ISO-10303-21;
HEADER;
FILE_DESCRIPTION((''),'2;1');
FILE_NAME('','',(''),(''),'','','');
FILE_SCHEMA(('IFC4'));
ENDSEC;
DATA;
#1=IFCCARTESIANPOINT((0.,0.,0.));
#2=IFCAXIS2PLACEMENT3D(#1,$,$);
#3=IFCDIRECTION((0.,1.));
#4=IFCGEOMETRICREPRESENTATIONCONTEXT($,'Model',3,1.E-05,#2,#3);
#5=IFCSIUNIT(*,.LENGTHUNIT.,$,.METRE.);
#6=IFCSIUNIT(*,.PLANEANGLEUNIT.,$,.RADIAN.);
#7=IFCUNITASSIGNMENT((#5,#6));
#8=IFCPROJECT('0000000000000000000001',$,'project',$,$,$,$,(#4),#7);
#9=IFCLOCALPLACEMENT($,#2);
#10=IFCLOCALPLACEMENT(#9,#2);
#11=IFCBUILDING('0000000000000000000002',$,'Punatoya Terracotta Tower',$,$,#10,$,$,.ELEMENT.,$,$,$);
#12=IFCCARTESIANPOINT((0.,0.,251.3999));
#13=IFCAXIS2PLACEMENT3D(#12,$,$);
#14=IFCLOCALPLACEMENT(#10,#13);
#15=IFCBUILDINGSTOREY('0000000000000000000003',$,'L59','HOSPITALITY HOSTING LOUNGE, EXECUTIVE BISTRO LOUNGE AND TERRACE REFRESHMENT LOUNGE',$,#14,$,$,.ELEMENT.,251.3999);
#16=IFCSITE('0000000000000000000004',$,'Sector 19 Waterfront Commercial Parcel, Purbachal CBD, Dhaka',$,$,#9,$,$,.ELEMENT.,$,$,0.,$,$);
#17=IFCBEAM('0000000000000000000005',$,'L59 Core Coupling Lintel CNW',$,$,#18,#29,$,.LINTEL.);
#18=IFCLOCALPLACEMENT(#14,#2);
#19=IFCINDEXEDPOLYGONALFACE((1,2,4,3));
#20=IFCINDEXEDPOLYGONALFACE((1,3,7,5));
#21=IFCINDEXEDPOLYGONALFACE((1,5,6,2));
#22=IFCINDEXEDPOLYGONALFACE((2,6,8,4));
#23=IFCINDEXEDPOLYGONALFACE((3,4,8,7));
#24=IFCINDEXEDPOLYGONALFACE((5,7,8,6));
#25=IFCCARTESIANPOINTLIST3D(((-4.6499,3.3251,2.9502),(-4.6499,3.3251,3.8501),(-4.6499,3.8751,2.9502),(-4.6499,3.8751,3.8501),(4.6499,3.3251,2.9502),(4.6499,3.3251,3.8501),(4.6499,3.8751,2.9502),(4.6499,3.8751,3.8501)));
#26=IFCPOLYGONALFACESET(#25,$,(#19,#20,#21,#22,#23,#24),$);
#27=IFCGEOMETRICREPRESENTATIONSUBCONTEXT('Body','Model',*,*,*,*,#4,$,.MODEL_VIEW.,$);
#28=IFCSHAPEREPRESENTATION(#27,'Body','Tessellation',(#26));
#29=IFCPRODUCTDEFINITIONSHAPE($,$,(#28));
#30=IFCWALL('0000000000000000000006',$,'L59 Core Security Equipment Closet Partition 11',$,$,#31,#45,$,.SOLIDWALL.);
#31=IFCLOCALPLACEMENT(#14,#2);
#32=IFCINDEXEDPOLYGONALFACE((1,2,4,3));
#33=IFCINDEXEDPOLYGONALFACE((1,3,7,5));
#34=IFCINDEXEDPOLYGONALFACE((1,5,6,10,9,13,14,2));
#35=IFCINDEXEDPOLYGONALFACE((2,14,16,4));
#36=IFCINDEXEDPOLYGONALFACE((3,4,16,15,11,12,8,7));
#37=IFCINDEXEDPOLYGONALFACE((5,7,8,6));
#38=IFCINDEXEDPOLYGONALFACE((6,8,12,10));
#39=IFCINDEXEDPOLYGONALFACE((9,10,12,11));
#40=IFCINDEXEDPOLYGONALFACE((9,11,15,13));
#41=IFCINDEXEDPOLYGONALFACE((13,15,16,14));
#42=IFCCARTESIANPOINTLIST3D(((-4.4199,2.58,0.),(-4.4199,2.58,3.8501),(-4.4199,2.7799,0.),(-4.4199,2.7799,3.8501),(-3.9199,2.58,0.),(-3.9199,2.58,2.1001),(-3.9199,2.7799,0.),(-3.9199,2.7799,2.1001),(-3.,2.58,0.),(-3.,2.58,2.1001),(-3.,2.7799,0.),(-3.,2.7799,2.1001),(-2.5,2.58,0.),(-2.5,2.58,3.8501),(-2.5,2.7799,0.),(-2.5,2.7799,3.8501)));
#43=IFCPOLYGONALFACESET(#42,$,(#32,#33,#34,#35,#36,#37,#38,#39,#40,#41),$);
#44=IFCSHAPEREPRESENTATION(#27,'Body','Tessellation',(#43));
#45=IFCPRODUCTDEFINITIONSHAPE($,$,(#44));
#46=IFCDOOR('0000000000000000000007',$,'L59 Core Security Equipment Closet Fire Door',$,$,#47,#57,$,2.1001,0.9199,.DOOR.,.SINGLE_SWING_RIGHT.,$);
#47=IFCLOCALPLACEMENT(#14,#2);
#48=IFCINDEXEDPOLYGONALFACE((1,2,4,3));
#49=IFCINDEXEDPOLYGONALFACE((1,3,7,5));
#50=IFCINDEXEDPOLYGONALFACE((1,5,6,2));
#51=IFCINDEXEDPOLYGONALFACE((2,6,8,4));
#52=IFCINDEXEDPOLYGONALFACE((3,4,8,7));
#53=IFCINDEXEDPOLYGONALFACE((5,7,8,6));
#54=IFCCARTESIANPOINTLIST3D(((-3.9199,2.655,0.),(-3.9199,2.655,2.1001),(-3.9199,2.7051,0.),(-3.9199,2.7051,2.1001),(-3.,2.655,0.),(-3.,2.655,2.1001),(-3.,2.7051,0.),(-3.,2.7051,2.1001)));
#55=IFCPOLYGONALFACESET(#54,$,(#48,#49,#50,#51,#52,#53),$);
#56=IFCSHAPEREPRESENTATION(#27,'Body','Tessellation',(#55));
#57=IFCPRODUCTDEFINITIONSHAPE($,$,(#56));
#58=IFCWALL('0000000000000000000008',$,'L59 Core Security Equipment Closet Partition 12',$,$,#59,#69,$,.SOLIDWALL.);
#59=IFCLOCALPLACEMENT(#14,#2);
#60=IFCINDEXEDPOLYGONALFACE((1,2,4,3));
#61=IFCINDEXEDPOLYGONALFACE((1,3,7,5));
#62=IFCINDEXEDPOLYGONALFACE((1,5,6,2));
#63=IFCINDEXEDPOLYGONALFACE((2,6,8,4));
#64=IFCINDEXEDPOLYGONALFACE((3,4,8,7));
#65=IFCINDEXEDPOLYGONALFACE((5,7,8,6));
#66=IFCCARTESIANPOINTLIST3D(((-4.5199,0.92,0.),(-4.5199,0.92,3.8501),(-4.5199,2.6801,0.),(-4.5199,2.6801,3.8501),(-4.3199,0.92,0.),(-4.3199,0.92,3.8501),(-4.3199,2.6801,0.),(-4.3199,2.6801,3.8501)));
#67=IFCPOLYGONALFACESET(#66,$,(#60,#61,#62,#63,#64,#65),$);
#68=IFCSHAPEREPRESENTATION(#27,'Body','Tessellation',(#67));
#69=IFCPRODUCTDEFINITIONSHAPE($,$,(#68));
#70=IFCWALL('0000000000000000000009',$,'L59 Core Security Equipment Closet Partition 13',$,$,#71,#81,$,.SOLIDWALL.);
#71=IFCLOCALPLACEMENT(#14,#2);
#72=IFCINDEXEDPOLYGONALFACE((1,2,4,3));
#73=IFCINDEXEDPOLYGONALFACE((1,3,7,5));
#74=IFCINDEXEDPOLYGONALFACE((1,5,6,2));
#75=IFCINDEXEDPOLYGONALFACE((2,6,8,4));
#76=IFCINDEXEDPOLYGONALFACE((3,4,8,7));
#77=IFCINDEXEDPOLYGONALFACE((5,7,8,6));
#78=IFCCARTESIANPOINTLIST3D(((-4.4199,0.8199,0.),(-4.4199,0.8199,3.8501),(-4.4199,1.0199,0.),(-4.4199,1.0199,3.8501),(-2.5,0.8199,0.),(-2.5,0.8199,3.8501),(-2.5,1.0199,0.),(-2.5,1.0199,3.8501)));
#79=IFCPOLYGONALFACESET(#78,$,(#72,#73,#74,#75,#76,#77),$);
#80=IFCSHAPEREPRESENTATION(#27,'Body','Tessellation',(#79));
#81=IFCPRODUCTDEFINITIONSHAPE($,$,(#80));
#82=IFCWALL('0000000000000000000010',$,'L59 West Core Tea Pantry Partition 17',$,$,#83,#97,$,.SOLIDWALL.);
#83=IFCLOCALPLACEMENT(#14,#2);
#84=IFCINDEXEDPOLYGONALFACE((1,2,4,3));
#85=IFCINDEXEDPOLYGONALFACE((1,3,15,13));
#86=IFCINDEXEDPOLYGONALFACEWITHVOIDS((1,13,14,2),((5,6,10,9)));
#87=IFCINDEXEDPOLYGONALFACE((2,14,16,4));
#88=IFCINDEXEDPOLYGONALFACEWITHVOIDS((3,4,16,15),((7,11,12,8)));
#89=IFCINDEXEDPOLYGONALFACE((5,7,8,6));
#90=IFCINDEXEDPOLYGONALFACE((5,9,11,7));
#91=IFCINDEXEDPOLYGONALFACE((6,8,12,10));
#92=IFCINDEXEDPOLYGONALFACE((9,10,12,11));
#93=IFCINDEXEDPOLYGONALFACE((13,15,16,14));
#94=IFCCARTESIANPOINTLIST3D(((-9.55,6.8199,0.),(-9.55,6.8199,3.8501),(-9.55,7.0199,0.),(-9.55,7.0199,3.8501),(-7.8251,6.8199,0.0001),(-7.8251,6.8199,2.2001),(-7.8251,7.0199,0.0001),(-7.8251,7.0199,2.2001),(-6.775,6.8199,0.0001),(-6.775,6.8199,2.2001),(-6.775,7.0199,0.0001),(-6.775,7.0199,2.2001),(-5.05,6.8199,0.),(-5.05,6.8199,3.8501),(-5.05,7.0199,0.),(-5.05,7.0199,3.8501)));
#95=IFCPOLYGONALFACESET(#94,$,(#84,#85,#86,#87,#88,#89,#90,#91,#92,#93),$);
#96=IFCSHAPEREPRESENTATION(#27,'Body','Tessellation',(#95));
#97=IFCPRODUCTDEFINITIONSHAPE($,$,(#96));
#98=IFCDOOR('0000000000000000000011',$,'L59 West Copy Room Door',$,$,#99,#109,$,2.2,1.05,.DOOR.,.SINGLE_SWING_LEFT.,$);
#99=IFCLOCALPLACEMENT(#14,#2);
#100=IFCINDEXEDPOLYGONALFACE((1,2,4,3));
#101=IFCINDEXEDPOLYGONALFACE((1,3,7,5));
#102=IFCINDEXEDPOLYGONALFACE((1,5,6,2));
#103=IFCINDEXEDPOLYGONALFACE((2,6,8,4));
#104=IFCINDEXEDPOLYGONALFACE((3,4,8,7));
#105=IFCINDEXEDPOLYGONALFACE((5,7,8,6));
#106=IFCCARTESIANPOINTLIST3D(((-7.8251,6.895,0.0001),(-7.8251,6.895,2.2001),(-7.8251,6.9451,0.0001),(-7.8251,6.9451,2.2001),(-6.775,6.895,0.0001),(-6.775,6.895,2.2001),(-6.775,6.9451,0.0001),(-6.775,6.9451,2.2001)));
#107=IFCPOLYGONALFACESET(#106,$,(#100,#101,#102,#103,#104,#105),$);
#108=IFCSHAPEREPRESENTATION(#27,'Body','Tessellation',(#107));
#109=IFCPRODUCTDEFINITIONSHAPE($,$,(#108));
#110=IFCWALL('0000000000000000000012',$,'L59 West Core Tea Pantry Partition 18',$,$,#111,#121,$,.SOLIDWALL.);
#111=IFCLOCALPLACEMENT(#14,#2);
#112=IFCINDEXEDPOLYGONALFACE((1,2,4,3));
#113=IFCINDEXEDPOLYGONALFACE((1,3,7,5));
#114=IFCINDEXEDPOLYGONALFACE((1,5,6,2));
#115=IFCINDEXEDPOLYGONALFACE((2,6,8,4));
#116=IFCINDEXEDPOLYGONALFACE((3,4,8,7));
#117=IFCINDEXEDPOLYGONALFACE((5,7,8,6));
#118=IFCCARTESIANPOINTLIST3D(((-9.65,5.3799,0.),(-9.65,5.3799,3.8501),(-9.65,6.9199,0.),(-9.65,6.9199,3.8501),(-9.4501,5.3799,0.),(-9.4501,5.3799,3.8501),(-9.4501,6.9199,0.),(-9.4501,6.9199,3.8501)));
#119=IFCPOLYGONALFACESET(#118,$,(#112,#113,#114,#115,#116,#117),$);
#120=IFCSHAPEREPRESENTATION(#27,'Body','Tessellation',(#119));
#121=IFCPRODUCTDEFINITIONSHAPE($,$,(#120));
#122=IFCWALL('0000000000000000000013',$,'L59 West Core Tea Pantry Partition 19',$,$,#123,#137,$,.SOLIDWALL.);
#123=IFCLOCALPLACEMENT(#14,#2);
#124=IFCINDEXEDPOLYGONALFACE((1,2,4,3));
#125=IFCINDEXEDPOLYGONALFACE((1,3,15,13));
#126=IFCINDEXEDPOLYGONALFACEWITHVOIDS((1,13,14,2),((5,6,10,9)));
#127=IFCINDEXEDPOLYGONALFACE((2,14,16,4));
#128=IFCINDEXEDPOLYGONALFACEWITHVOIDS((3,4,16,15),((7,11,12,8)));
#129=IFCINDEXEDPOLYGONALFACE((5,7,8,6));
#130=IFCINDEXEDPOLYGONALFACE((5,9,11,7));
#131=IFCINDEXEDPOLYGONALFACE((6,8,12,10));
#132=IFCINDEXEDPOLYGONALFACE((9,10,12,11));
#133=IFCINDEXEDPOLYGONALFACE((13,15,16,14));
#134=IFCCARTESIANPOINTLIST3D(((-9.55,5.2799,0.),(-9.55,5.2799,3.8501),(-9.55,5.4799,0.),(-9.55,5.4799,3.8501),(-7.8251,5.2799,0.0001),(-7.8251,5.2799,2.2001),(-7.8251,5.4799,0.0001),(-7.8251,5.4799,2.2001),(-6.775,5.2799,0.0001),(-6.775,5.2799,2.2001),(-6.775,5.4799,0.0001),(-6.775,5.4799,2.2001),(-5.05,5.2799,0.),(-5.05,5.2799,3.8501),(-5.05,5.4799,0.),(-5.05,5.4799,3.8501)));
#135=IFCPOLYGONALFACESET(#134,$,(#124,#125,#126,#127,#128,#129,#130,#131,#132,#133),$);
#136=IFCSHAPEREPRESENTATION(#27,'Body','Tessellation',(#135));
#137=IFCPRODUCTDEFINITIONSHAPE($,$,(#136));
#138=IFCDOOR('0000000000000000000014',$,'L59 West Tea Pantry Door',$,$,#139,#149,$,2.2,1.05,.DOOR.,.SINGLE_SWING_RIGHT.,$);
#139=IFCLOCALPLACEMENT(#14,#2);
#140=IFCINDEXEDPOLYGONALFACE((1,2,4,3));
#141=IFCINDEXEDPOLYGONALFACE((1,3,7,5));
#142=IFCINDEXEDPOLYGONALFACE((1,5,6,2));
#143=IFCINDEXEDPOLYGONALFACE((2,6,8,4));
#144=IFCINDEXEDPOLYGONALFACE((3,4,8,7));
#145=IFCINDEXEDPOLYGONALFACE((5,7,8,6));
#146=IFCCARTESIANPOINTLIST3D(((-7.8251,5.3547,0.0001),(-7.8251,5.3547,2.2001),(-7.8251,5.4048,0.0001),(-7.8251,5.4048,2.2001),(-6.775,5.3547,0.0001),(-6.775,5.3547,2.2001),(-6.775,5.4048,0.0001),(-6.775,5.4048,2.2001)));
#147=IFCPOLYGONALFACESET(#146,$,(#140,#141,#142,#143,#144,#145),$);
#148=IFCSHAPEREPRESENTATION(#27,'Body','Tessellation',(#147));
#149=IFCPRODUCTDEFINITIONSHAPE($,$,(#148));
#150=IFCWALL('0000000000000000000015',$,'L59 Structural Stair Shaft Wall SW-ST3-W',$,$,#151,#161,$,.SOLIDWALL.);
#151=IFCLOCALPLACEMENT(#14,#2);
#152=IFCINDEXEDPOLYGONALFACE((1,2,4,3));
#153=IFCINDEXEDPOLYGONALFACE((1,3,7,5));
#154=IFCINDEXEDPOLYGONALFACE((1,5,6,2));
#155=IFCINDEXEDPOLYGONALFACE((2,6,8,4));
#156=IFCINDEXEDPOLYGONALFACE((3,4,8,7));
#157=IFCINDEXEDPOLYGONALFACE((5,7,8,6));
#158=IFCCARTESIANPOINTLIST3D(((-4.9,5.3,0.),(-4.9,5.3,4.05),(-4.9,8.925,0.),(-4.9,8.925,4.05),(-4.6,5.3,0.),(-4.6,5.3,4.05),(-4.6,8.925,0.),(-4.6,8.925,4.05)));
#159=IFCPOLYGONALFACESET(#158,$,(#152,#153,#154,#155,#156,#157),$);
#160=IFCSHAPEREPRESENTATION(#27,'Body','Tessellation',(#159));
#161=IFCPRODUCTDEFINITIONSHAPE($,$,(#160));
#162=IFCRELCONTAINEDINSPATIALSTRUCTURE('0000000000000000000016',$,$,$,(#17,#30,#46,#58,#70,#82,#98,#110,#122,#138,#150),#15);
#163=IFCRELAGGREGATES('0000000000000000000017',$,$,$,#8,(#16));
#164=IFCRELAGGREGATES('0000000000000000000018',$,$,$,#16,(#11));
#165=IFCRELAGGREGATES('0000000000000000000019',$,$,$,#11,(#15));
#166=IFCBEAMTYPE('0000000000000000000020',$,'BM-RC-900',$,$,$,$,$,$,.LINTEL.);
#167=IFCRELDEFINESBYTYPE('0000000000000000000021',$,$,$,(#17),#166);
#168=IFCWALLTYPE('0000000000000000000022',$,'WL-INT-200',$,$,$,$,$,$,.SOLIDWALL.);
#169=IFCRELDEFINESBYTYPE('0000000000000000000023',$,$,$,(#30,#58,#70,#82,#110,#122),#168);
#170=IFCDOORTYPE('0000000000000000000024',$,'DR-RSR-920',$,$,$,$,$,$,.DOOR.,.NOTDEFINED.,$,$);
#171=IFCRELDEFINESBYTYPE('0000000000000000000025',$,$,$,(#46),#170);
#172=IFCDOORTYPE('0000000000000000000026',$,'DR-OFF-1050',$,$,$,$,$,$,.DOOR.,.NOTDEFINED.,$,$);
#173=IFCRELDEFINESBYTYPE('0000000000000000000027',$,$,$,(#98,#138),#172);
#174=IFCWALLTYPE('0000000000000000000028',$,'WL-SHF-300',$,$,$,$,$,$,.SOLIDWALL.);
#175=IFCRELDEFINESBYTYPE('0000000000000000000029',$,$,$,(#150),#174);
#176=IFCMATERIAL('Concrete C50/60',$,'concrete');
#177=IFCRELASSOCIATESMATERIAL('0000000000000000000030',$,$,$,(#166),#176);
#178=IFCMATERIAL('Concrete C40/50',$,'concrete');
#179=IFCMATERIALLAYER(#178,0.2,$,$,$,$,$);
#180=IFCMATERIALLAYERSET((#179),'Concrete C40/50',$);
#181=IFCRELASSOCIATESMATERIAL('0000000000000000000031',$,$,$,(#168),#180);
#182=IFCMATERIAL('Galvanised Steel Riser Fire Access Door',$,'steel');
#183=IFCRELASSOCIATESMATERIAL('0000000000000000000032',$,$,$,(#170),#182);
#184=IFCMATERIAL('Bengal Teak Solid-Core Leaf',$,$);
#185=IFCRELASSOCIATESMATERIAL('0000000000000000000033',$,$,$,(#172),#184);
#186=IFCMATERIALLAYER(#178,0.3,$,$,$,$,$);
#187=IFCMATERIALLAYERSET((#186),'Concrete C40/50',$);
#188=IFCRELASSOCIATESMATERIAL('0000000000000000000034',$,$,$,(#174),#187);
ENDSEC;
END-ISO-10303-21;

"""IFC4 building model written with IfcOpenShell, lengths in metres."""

from ifc_helpers import new_model, si_unit, direction, frame, frame_2d, origin, origin_2d, place, context, subcontext, project, spatial, rectangle, extrude, material, layer, layer_set, material_profile, profile_set, type_object, element, fill, save


model = new_model("IFC4")

# Units and contexts
model_context = context("Model", 3, precision=1e-05, world=origin(), true_north=direction((0.0, 1.0)))
body_context = subcontext(model_context, "Body", "Model", "MODEL_VIEW")
ifc_project = project(units=[si_unit("LENGTHUNIT", "METRE"), si_unit("PLANEANGLEUNIT", "RADIAN")], contexts=[model_context])

# Site, building, storey
site_placement = place(None, origin())
site = spatial("IfcSite", under=ifc_project, at=site_placement, Name="Sector 19 Waterfront Commercial Parcel, Purbachal CBD, Dhaka", CompositionType="ELEMENT", RefElevation=0.0)
building_placement = place(site_placement, origin())
building = spatial("IfcBuilding", under=site, at=building_placement, Name="Punatoya Terracotta Tower", CompositionType="ELEMENT")
storey_placement = place(building_placement, frame((0.0, 0.0, 251.3999)))
storey = spatial("IfcBuildingStorey", under=building, at=storey_placement, Name="L59", Description="HOSPITALITY HOSTING LOUNGE, EXECUTIVE BISTRO LOUNGE AND TERRACE REFRESHMENT LOUNGE", CompositionType="ELEMENT", Elevation=251.3999)

# Beam
ifc_material_1 = material(Name="Concrete C50/60", Category="concrete")
ifc_material_profile = material_profile(ifc_material_1, rectangle(XDim=0.55, YDim=0.8999, at=origin_2d()))
ifc_profile_set = profile_set([ifc_material_profile], Name="Concrete C50/60")
beam_type = type_object("IfcBeamType", Name="BM-RC-900", PredefinedType="LINTEL", material=ifc_profile_set)
beam_placement = place(storey_placement, frame((-4.6499, 3.6001, 3.4001), z_axis=(1.0, 0.0, 0.0), x_axis=(0.0, 1.0, 0.0)))
element("IfcBeam", 1, at=beam_placement, inside=storey, type_object=beam_type, Name="L59 Core Coupling Lintel CNW", PredefinedType="LINTEL", context=body_context, shape_type="SweptSolid", body=[
    extrude(rectangle(XDim=0.55, YDim=0.8999, at=origin_2d()), origin(), (0.0, 0.0, 1.0), 9.2998),
])

# Wall, opening, door
ifc_material_2 = material(Name="Concrete C40/50", Category="concrete")
ifc_layer_1 = layer(ifc_material_2, 0.2)
ifc_layer_set_1 = layer_set([ifc_layer_1], Name="Concrete C40/50")
wall_type_1 = type_object("IfcWallType", Name="WL-INT-200", PredefinedType="SOLIDWALL", material=ifc_layer_set_1)
wall_1_placement = place(storey_placement, frame((-2.5, 2.6799, 0.0), z_axis=(0.0, 0.0, 1.0), x_axis=(-1.0, 0.0, 0.0)))
wall_1 = element("IfcWall", 2, at=wall_1_placement, inside=storey, type_object=wall_type_1, Name="L59 Core Security Equipment Closet Partition 11", PredefinedType="SOLIDWALL", context=body_context, shape_type="SweptSolid", body=[
    extrude(rectangle(XDim=1.9199, YDim=0.2, at=frame_2d((0.96, 0.0))), origin(), (0.0, 0.0, 1.0), 3.8501),
])
opening_1_placement = place(wall_1_placement, frame((0.5, 0.0, 0.0)))
opening_1 = element("IfcOpeningElement", 3, at=opening_1_placement, cuts=wall_1, PredefinedType="OPENING", context=body_context, shape_type="SweptSolid", body=[
    extrude(rectangle(XDim=0.9199, YDim=2.1001, at=frame_2d((0.46, 1.05))), frame((0.0, 0.1099, 0.0), z_axis=(0.0, -1.0, 0.0), x_axis=(1.0, 0.0, 0.0)), (0.0, 0.0, 1.0), 0.22),
])
ifc_material_3 = material(Name="Galvanised Steel Riser Fire Access Door", Category="steel")
door_type_1 = type_object("IfcDoorType", Name="DR-RSR-920", OperationType="NOTDEFINED", PredefinedType="DOOR", material=ifc_material_3)
door_1_placement = place(opening_1_placement, origin())
door_1 = element("IfcDoor", 4, at=door_1_placement, inside=storey, type_object=door_type_1, Name="L59 Core Security Equipment Closet Fire Door", OperationType="SINGLE_SWING_RIGHT", OverallHeight=2.1001, OverallWidth=0.9199, PredefinedType="DOOR", context=body_context, shape_type="SweptSolid", body=[
    extrude(rectangle(XDim=0.9199, YDim=2.1001, at=frame_2d((0.46, 1.05))), frame((0.0, 0.0249, 0.0), z_axis=(0.0, -1.0, 0.0), x_axis=(1.0, 0.0, 0.0)), (0.0, 0.0, 1.0), 0.05),
])
fill(opening_1, door_1)

# Walls
wall_2_placement = place(storey_placement, frame((-4.4199, 2.6799, 0.0), z_axis=(0.0, 0.0, 1.0), x_axis=(0.0, -1.0, 0.0)))
element("IfcWall", 5, at=wall_2_placement, inside=storey, type_object=wall_type_1, Name="L59 Core Security Equipment Closet Partition 12", PredefinedType="SOLIDWALL", context=body_context, shape_type="SweptSolid", body=[
    extrude(rectangle(XDim=1.76, YDim=0.2, at=frame_2d((0.8799, 0.0))), origin(), (0.0, 0.0, 1.0), 3.8501),
])
wall_3_placement = place(storey_placement, frame((-4.4199, 0.9199, 0.0), z_axis=(0.0, 0.0, 1.0), x_axis=(1.0, 0.0, 0.0)))
element("IfcWall", 6, at=wall_3_placement, inside=storey, type_object=wall_type_1, Name="L59 Core Security Equipment Closet Partition 13", PredefinedType="SOLIDWALL", context=body_context, shape_type="SweptSolid", body=[
    extrude(rectangle(XDim=1.9199, YDim=0.2, at=frame_2d((0.96, 0.0))), origin(), (0.0, 0.0, 1.0), 3.8501),
])

# Wall, opening, door
wall_4_placement = place(storey_placement, frame((-5.05, 6.9199, 0.0), z_axis=(0.0, 0.0, 1.0), x_axis=(-1.0, 0.0, 0.0)))
wall_4 = element("IfcWall", 7, at=wall_4_placement, inside=storey, type_object=wall_type_1, Name="L59 West Core Tea Pantry Partition 17", PredefinedType="SOLIDWALL", context=body_context, shape_type="SweptSolid", body=[
    extrude(rectangle(XDim=4.5, YDim=0.2, at=frame_2d((2.25, 0.0))), origin(), (0.0, 0.0, 1.0), 3.8501),
])
opening_2_placement = place(wall_4_placement, frame((1.7251, 0.0, 0.0)))
opening_2 = element("IfcOpeningElement", 8, at=opening_2_placement, cuts=wall_4, PredefinedType="OPENING", context=body_context, shape_type="SweptSolid", body=[
    extrude(rectangle(XDim=1.05, YDim=2.2, at=frame_2d((0.5249, 1.1001))), frame((0.0, 0.1099, 0.0), z_axis=(0.0, -1.0, 0.0), x_axis=(1.0, 0.0, 0.0)), (0.0, 0.0, 1.0), 0.22),
])
ifc_material_4 = material(Name="Bengal Teak Solid-Core Leaf")
door_type_2 = type_object("IfcDoorType", Name="DR-OFF-1050", OperationType="NOTDEFINED", PredefinedType="DOOR", material=ifc_material_4)
door_2_placement = place(opening_2_placement, origin())
door_2 = element("IfcDoor", 9, at=door_2_placement, inside=storey, type_object=door_type_2, Name="L59 West Copy Room Door", OperationType="SINGLE_SWING_LEFT", OverallHeight=2.2, OverallWidth=1.05, PredefinedType="DOOR", context=body_context, shape_type="SweptSolid", body=[
    extrude(rectangle(XDim=1.05, YDim=2.2, at=frame_2d((0.5249, 1.1001))), frame((0.0, 0.0249, 0.0), z_axis=(0.0, -1.0, 0.0), x_axis=(1.0, 0.0, 0.0)), (0.0, 0.0, 1.0), 0.05),
])
fill(opening_2, door_2)

# Wall
wall_5_placement = place(storey_placement, frame((-9.55, 6.9199, 0.0), z_axis=(0.0, 0.0, 1.0), x_axis=(0.0, -1.0, 0.0)))
element("IfcWall", 10, at=wall_5_placement, inside=storey, type_object=wall_type_1, Name="L59 West Core Tea Pantry Partition 18", PredefinedType="SOLIDWALL", context=body_context, shape_type="SweptSolid", body=[
    extrude(rectangle(XDim=1.54, YDim=0.2, at=frame_2d((0.77, 0.0))), origin(), (0.0, 0.0, 1.0), 3.8501),
])

# Wall, opening, door
wall_6_placement = place(storey_placement, frame((-9.55, 5.3799, 0.0), z_axis=(0.0, 0.0, 1.0), x_axis=(1.0, 0.0, 0.0)))
wall_6 = element("IfcWall", 11, at=wall_6_placement, inside=storey, type_object=wall_type_1, Name="L59 West Core Tea Pantry Partition 19", PredefinedType="SOLIDWALL", context=body_context, shape_type="SweptSolid", body=[
    extrude(rectangle(XDim=4.5, YDim=0.2, at=frame_2d((2.25, 0.0))), origin(), (0.0, 0.0, 1.0), 3.8501),
])
opening_3_placement = place(wall_6_placement, frame((1.7251, 0.0, 0.0)))
opening_3 = element("IfcOpeningElement", 12, at=opening_3_placement, cuts=wall_6, PredefinedType="OPENING", context=body_context, shape_type="SweptSolid", body=[
    extrude(rectangle(XDim=1.05, YDim=2.2, at=frame_2d((0.5249, 1.1001))), frame((0.0, 0.1099, 0.0), z_axis=(0.0, -1.0, 0.0), x_axis=(1.0, 0.0, 0.0)), (0.0, 0.0, 1.0), 0.22),
])
door_3_placement = place(opening_3_placement, origin())
door_3 = element("IfcDoor", 13, at=door_3_placement, inside=storey, type_object=door_type_2, Name="L59 West Tea Pantry Door", OperationType="SINGLE_SWING_RIGHT", OverallHeight=2.2, OverallWidth=1.05, PredefinedType="DOOR", context=body_context, shape_type="SweptSolid", body=[
    extrude(rectangle(XDim=1.05, YDim=2.2, at=frame_2d((0.5249, 1.1001))), frame((0.0, 0.0249, 0.0), z_axis=(0.0, -1.0, 0.0), x_axis=(1.0, 0.0, 0.0)), (0.0, 0.0, 1.0), 0.05),
])
fill(opening_3, door_3)

# Wall
ifc_layer_2 = layer(ifc_material_2, 0.3)
ifc_layer_set_2 = layer_set([ifc_layer_2], Name="Concrete C40/50")
wall_type_2 = type_object("IfcWallType", Name="WL-SHF-300", PredefinedType="SOLIDWALL", material=ifc_layer_set_2)
wall_7_placement = place(storey_placement, frame((-4.75, 5.3, 0.0), z_axis=(0.0, 0.0, 1.0), x_axis=(0.0, 1.0, 0.0)))
element("IfcWall", 14, at=wall_7_placement, inside=storey, type_object=wall_type_2, Name="L59 Structural Stair Shaft Wall SW-ST3-W", PredefinedType="SOLIDWALL", context=body_context, shape_type="SweptSolid", body=[
    extrude(rectangle(XDim=3.625, YDim=0.3, at=frame_2d((1.8125, 0.0))), origin(), (0.0, 0.0, 1.0), 4.05),
])

save(model, "model.ifc")
